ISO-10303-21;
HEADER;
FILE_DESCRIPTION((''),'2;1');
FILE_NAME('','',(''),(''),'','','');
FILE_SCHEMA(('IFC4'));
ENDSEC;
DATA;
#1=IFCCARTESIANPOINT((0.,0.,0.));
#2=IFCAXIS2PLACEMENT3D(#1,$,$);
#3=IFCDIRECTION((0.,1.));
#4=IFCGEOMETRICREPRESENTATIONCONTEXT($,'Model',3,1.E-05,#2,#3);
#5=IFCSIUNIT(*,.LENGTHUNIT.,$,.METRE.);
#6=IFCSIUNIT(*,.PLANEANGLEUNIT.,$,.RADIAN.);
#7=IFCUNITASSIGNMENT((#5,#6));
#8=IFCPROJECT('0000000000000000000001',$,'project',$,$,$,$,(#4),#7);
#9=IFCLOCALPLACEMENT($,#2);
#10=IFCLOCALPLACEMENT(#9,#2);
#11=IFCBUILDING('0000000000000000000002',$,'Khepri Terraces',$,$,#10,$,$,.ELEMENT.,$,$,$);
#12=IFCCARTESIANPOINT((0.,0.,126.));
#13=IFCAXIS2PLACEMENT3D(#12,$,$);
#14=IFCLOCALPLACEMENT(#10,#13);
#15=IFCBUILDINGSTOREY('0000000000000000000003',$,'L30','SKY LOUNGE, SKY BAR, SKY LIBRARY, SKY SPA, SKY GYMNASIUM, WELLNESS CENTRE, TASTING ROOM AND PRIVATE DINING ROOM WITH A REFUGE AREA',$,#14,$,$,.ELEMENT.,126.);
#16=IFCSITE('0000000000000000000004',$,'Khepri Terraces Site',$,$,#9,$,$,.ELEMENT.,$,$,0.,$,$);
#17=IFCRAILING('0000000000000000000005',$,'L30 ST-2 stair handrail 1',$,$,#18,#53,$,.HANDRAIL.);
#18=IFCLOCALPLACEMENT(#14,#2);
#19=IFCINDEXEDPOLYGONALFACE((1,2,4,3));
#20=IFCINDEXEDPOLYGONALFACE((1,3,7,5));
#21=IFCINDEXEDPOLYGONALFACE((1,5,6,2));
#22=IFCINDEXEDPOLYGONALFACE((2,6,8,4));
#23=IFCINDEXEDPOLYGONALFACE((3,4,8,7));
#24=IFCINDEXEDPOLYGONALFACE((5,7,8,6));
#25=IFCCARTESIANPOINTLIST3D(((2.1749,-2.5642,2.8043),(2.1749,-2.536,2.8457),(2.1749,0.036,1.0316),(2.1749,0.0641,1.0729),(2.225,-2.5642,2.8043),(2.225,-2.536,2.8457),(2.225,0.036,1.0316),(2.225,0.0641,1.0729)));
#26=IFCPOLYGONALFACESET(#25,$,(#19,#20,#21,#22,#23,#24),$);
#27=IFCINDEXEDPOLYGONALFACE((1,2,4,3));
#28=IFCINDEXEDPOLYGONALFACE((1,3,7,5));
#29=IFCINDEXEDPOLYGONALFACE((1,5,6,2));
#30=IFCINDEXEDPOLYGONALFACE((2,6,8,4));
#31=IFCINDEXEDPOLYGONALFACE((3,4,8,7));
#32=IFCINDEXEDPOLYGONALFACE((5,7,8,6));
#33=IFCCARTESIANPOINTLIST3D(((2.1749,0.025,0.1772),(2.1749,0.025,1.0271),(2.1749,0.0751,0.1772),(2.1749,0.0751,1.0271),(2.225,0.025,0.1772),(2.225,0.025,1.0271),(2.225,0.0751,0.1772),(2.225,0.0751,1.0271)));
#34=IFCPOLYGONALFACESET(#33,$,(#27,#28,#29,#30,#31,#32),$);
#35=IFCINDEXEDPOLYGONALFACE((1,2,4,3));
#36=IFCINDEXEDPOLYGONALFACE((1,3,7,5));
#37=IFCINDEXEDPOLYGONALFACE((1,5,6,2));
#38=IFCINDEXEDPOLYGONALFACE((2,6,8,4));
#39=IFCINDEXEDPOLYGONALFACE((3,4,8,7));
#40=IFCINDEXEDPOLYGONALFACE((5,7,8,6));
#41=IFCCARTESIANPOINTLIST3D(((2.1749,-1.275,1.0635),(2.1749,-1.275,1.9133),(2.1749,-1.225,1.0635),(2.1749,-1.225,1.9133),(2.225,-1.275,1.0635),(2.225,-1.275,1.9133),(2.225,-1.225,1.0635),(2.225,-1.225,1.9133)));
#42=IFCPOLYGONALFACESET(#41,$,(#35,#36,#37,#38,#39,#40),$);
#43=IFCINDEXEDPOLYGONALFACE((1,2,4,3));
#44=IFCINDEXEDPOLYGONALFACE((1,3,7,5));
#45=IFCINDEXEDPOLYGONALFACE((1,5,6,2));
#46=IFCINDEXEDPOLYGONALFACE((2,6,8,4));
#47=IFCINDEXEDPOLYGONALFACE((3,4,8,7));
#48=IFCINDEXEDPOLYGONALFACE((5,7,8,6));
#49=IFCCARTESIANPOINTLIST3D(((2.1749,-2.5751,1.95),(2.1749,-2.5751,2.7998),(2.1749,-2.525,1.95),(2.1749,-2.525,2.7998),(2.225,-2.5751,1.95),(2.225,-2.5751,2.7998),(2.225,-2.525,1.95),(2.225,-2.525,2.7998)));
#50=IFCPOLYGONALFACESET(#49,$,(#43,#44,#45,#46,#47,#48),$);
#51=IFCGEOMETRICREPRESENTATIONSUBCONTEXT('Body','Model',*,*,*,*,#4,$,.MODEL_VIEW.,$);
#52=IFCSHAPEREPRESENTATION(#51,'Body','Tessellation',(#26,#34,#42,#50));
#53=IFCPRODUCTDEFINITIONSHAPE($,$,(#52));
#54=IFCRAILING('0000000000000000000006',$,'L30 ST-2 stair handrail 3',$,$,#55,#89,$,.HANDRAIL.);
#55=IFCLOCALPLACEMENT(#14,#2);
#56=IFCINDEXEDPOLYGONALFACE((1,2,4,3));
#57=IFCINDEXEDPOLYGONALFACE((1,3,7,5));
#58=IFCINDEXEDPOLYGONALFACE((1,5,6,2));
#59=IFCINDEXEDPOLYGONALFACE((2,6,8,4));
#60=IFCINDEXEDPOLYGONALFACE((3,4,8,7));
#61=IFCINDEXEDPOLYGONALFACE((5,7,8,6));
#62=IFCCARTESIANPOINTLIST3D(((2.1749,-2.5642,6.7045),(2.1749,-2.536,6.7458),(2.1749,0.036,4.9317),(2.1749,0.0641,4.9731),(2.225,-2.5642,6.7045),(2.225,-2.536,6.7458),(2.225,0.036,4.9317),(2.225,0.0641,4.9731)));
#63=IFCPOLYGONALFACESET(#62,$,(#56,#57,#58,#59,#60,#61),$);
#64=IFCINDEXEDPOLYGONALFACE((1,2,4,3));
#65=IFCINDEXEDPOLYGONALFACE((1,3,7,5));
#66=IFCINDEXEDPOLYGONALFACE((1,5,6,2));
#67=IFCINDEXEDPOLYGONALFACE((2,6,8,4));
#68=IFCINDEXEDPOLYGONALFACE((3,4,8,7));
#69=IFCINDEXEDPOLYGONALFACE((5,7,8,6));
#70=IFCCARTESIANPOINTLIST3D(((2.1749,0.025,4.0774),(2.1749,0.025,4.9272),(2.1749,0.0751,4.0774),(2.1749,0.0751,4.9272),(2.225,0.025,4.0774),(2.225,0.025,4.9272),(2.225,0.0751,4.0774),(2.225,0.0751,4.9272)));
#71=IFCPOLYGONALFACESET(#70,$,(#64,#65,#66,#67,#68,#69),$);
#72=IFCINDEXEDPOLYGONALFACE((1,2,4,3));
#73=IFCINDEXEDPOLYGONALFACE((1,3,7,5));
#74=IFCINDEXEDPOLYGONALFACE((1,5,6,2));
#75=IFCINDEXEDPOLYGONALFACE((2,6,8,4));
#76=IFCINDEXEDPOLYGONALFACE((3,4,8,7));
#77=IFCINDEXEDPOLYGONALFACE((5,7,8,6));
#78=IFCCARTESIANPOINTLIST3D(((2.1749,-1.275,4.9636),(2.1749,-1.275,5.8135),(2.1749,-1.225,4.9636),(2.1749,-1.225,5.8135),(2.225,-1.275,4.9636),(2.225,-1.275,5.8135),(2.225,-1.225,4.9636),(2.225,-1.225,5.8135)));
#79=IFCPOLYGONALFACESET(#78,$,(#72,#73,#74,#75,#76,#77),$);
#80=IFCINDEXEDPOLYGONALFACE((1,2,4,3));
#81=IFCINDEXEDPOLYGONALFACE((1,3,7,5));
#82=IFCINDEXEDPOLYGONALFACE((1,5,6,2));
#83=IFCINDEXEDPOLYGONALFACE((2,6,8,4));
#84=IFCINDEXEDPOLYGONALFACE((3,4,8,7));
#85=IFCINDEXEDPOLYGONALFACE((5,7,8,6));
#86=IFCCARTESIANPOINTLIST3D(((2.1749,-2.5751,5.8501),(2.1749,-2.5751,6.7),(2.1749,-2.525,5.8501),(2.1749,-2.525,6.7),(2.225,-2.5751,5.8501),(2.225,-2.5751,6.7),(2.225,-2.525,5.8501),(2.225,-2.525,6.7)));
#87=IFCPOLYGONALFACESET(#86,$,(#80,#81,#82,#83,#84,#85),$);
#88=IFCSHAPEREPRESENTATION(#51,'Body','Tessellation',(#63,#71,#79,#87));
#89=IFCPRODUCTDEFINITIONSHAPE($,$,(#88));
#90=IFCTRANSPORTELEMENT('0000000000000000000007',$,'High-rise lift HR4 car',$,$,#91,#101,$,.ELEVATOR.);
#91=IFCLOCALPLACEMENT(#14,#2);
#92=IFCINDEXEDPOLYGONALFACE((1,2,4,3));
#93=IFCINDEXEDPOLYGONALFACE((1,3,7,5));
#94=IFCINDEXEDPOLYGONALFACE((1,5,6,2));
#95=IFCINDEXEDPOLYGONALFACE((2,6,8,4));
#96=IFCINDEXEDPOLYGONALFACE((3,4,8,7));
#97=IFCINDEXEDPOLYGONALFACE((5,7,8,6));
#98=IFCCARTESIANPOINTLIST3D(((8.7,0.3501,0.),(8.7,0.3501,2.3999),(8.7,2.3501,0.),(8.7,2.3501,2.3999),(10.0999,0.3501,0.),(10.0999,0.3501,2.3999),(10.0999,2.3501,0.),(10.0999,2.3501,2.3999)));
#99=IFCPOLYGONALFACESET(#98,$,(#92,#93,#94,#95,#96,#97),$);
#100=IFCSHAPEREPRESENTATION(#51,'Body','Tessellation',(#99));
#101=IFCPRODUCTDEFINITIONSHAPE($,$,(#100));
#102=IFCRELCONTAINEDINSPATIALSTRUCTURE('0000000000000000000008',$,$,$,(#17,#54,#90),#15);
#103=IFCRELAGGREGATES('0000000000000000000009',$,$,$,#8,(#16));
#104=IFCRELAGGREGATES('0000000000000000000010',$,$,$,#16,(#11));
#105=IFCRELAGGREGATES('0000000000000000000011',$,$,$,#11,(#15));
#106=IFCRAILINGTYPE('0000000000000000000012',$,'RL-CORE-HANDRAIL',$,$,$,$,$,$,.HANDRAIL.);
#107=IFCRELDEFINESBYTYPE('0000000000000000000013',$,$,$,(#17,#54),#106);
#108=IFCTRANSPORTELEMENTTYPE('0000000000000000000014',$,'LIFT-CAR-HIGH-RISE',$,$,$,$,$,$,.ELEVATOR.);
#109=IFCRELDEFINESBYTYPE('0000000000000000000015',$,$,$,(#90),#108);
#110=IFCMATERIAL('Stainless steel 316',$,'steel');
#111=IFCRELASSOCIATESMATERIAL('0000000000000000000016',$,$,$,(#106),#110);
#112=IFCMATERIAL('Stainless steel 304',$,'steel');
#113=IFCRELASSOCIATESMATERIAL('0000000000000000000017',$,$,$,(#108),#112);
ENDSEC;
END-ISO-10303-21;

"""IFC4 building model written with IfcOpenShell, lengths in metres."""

from ifc_helpers import new_model, si_unit, direction, frame, origin, origin_2d, place, context, subcontext, project, spatial, rectangle, extrude, material, type_object, element, save


model = new_model("IFC4")

# Units and contexts
model_context = context("Model", 3, precision=1e-05, world=origin(), true_north=direction((0.0, 1.0)))
body_context = subcontext(model_context, "Body", "Model", "MODEL_VIEW")
ifc_project = project(units=[si_unit("LENGTHUNIT", "METRE"), si_unit("PLANEANGLEUNIT", "RADIAN")], contexts=[model_context])

# Site, building, storey
site_placement = place(None, origin())
site = spatial("IfcSite", under=ifc_project, at=site_placement, Name="Khepri Terraces Site", CompositionType="ELEMENT", RefElevation=0.0)
building_placement = place(site_placement, origin())
building = spatial("IfcBuilding", under=site, at=building_placement, Name="Khepri Terraces", CompositionType="ELEMENT")
storey_placement = place(building_placement, frame((0.0, 0.0, 126.0)))
storey = spatial("IfcBuildingStorey", under=building, at=storey_placement, Name="L30", Description="SKY LOUNGE, SKY BAR, SKY LIBRARY, SKY SPA, SKY GYMNASIUM, WELLNESS CENTRE, TASTING ROOM AND PRIVATE DINING ROOM WITH A REFUGE AREA", CompositionType="ELEMENT", Elevation=126.0)

# Railings
ifc_material_1 = material(Name="Stainless steel 316", Category="steel")
railing_type_1 = type_object("IfcRailingType", Name="RL-CORE-HANDRAIL", PredefinedType="HANDRAIL", material=ifc_material_1)
for number, where, name in (
    (1, (2.2, 0.05, 0.1772), "L30 ST-2 stair handrail 1"),
    (2, (2.2, 0.05, 4.0774), "L30 ST-2 stair handrail 3"),
):
    element("IfcRailing", number, at=place(storey_placement, frame(where)), inside=storey, type_object=railing_type_1, Name=name, PredefinedType="HANDRAIL", context=body_context, shape_type="SweptSolid", body=[
        extrude(rectangle(XDim=0.05, YDim=0.05, at=origin_2d()), frame((0.0, 0.0, 0.875), z_axis=(0.0, -0.82624, 0.563318), x_axis=(1.0, 0.0, 0.0)), (0.0, 0.0, 1.0), 3.147),
        extrude(rectangle(XDim=0.05, YDim=0.05, at=origin_2d()), origin(), (0.0, 0.0, 1.0), 0.8499),
        extrude(rectangle(XDim=0.05, YDim=0.05, at=origin_2d()), frame((0.0, -1.3, 0.8862)), (0.0, 0.0, 1.0), 0.8499),
        extrude(rectangle(XDim=0.05, YDim=0.05, at=origin_2d()), frame((0.0, -2.6001, 1.7727)), (0.0, 0.0, 1.0), 0.8499),
    ])

# Transport element
ifc_material_2 = material(Name="Stainless steel 304", Category="steel")
transport_element_type = type_object("IfcTransportElementType", Name="LIFT-CAR-HIGH-RISE", PredefinedType="ELEVATOR", material=ifc_material_2)
transport_element_placement = place(storey_placement, frame((9.3999, 1.3501, 0.0), z_axis=(0.0, 0.0, 1.0), x_axis=(1.0, 0.0, 0.0)))
element("IfcTransportElement", 3, at=transport_element_placement, inside=storey, type_object=transport_element_type, Name="High-rise lift HR4 car", PredefinedType="ELEVATOR", context=body_context, shape_type="SweptSolid", body=[
    extrude(rectangle(XDim=1.3999, YDim=2.0, at=origin_2d()), origin(), (0.0, 0.0, 1.0), 2.3999),
])

save(model, "model.ifc")
